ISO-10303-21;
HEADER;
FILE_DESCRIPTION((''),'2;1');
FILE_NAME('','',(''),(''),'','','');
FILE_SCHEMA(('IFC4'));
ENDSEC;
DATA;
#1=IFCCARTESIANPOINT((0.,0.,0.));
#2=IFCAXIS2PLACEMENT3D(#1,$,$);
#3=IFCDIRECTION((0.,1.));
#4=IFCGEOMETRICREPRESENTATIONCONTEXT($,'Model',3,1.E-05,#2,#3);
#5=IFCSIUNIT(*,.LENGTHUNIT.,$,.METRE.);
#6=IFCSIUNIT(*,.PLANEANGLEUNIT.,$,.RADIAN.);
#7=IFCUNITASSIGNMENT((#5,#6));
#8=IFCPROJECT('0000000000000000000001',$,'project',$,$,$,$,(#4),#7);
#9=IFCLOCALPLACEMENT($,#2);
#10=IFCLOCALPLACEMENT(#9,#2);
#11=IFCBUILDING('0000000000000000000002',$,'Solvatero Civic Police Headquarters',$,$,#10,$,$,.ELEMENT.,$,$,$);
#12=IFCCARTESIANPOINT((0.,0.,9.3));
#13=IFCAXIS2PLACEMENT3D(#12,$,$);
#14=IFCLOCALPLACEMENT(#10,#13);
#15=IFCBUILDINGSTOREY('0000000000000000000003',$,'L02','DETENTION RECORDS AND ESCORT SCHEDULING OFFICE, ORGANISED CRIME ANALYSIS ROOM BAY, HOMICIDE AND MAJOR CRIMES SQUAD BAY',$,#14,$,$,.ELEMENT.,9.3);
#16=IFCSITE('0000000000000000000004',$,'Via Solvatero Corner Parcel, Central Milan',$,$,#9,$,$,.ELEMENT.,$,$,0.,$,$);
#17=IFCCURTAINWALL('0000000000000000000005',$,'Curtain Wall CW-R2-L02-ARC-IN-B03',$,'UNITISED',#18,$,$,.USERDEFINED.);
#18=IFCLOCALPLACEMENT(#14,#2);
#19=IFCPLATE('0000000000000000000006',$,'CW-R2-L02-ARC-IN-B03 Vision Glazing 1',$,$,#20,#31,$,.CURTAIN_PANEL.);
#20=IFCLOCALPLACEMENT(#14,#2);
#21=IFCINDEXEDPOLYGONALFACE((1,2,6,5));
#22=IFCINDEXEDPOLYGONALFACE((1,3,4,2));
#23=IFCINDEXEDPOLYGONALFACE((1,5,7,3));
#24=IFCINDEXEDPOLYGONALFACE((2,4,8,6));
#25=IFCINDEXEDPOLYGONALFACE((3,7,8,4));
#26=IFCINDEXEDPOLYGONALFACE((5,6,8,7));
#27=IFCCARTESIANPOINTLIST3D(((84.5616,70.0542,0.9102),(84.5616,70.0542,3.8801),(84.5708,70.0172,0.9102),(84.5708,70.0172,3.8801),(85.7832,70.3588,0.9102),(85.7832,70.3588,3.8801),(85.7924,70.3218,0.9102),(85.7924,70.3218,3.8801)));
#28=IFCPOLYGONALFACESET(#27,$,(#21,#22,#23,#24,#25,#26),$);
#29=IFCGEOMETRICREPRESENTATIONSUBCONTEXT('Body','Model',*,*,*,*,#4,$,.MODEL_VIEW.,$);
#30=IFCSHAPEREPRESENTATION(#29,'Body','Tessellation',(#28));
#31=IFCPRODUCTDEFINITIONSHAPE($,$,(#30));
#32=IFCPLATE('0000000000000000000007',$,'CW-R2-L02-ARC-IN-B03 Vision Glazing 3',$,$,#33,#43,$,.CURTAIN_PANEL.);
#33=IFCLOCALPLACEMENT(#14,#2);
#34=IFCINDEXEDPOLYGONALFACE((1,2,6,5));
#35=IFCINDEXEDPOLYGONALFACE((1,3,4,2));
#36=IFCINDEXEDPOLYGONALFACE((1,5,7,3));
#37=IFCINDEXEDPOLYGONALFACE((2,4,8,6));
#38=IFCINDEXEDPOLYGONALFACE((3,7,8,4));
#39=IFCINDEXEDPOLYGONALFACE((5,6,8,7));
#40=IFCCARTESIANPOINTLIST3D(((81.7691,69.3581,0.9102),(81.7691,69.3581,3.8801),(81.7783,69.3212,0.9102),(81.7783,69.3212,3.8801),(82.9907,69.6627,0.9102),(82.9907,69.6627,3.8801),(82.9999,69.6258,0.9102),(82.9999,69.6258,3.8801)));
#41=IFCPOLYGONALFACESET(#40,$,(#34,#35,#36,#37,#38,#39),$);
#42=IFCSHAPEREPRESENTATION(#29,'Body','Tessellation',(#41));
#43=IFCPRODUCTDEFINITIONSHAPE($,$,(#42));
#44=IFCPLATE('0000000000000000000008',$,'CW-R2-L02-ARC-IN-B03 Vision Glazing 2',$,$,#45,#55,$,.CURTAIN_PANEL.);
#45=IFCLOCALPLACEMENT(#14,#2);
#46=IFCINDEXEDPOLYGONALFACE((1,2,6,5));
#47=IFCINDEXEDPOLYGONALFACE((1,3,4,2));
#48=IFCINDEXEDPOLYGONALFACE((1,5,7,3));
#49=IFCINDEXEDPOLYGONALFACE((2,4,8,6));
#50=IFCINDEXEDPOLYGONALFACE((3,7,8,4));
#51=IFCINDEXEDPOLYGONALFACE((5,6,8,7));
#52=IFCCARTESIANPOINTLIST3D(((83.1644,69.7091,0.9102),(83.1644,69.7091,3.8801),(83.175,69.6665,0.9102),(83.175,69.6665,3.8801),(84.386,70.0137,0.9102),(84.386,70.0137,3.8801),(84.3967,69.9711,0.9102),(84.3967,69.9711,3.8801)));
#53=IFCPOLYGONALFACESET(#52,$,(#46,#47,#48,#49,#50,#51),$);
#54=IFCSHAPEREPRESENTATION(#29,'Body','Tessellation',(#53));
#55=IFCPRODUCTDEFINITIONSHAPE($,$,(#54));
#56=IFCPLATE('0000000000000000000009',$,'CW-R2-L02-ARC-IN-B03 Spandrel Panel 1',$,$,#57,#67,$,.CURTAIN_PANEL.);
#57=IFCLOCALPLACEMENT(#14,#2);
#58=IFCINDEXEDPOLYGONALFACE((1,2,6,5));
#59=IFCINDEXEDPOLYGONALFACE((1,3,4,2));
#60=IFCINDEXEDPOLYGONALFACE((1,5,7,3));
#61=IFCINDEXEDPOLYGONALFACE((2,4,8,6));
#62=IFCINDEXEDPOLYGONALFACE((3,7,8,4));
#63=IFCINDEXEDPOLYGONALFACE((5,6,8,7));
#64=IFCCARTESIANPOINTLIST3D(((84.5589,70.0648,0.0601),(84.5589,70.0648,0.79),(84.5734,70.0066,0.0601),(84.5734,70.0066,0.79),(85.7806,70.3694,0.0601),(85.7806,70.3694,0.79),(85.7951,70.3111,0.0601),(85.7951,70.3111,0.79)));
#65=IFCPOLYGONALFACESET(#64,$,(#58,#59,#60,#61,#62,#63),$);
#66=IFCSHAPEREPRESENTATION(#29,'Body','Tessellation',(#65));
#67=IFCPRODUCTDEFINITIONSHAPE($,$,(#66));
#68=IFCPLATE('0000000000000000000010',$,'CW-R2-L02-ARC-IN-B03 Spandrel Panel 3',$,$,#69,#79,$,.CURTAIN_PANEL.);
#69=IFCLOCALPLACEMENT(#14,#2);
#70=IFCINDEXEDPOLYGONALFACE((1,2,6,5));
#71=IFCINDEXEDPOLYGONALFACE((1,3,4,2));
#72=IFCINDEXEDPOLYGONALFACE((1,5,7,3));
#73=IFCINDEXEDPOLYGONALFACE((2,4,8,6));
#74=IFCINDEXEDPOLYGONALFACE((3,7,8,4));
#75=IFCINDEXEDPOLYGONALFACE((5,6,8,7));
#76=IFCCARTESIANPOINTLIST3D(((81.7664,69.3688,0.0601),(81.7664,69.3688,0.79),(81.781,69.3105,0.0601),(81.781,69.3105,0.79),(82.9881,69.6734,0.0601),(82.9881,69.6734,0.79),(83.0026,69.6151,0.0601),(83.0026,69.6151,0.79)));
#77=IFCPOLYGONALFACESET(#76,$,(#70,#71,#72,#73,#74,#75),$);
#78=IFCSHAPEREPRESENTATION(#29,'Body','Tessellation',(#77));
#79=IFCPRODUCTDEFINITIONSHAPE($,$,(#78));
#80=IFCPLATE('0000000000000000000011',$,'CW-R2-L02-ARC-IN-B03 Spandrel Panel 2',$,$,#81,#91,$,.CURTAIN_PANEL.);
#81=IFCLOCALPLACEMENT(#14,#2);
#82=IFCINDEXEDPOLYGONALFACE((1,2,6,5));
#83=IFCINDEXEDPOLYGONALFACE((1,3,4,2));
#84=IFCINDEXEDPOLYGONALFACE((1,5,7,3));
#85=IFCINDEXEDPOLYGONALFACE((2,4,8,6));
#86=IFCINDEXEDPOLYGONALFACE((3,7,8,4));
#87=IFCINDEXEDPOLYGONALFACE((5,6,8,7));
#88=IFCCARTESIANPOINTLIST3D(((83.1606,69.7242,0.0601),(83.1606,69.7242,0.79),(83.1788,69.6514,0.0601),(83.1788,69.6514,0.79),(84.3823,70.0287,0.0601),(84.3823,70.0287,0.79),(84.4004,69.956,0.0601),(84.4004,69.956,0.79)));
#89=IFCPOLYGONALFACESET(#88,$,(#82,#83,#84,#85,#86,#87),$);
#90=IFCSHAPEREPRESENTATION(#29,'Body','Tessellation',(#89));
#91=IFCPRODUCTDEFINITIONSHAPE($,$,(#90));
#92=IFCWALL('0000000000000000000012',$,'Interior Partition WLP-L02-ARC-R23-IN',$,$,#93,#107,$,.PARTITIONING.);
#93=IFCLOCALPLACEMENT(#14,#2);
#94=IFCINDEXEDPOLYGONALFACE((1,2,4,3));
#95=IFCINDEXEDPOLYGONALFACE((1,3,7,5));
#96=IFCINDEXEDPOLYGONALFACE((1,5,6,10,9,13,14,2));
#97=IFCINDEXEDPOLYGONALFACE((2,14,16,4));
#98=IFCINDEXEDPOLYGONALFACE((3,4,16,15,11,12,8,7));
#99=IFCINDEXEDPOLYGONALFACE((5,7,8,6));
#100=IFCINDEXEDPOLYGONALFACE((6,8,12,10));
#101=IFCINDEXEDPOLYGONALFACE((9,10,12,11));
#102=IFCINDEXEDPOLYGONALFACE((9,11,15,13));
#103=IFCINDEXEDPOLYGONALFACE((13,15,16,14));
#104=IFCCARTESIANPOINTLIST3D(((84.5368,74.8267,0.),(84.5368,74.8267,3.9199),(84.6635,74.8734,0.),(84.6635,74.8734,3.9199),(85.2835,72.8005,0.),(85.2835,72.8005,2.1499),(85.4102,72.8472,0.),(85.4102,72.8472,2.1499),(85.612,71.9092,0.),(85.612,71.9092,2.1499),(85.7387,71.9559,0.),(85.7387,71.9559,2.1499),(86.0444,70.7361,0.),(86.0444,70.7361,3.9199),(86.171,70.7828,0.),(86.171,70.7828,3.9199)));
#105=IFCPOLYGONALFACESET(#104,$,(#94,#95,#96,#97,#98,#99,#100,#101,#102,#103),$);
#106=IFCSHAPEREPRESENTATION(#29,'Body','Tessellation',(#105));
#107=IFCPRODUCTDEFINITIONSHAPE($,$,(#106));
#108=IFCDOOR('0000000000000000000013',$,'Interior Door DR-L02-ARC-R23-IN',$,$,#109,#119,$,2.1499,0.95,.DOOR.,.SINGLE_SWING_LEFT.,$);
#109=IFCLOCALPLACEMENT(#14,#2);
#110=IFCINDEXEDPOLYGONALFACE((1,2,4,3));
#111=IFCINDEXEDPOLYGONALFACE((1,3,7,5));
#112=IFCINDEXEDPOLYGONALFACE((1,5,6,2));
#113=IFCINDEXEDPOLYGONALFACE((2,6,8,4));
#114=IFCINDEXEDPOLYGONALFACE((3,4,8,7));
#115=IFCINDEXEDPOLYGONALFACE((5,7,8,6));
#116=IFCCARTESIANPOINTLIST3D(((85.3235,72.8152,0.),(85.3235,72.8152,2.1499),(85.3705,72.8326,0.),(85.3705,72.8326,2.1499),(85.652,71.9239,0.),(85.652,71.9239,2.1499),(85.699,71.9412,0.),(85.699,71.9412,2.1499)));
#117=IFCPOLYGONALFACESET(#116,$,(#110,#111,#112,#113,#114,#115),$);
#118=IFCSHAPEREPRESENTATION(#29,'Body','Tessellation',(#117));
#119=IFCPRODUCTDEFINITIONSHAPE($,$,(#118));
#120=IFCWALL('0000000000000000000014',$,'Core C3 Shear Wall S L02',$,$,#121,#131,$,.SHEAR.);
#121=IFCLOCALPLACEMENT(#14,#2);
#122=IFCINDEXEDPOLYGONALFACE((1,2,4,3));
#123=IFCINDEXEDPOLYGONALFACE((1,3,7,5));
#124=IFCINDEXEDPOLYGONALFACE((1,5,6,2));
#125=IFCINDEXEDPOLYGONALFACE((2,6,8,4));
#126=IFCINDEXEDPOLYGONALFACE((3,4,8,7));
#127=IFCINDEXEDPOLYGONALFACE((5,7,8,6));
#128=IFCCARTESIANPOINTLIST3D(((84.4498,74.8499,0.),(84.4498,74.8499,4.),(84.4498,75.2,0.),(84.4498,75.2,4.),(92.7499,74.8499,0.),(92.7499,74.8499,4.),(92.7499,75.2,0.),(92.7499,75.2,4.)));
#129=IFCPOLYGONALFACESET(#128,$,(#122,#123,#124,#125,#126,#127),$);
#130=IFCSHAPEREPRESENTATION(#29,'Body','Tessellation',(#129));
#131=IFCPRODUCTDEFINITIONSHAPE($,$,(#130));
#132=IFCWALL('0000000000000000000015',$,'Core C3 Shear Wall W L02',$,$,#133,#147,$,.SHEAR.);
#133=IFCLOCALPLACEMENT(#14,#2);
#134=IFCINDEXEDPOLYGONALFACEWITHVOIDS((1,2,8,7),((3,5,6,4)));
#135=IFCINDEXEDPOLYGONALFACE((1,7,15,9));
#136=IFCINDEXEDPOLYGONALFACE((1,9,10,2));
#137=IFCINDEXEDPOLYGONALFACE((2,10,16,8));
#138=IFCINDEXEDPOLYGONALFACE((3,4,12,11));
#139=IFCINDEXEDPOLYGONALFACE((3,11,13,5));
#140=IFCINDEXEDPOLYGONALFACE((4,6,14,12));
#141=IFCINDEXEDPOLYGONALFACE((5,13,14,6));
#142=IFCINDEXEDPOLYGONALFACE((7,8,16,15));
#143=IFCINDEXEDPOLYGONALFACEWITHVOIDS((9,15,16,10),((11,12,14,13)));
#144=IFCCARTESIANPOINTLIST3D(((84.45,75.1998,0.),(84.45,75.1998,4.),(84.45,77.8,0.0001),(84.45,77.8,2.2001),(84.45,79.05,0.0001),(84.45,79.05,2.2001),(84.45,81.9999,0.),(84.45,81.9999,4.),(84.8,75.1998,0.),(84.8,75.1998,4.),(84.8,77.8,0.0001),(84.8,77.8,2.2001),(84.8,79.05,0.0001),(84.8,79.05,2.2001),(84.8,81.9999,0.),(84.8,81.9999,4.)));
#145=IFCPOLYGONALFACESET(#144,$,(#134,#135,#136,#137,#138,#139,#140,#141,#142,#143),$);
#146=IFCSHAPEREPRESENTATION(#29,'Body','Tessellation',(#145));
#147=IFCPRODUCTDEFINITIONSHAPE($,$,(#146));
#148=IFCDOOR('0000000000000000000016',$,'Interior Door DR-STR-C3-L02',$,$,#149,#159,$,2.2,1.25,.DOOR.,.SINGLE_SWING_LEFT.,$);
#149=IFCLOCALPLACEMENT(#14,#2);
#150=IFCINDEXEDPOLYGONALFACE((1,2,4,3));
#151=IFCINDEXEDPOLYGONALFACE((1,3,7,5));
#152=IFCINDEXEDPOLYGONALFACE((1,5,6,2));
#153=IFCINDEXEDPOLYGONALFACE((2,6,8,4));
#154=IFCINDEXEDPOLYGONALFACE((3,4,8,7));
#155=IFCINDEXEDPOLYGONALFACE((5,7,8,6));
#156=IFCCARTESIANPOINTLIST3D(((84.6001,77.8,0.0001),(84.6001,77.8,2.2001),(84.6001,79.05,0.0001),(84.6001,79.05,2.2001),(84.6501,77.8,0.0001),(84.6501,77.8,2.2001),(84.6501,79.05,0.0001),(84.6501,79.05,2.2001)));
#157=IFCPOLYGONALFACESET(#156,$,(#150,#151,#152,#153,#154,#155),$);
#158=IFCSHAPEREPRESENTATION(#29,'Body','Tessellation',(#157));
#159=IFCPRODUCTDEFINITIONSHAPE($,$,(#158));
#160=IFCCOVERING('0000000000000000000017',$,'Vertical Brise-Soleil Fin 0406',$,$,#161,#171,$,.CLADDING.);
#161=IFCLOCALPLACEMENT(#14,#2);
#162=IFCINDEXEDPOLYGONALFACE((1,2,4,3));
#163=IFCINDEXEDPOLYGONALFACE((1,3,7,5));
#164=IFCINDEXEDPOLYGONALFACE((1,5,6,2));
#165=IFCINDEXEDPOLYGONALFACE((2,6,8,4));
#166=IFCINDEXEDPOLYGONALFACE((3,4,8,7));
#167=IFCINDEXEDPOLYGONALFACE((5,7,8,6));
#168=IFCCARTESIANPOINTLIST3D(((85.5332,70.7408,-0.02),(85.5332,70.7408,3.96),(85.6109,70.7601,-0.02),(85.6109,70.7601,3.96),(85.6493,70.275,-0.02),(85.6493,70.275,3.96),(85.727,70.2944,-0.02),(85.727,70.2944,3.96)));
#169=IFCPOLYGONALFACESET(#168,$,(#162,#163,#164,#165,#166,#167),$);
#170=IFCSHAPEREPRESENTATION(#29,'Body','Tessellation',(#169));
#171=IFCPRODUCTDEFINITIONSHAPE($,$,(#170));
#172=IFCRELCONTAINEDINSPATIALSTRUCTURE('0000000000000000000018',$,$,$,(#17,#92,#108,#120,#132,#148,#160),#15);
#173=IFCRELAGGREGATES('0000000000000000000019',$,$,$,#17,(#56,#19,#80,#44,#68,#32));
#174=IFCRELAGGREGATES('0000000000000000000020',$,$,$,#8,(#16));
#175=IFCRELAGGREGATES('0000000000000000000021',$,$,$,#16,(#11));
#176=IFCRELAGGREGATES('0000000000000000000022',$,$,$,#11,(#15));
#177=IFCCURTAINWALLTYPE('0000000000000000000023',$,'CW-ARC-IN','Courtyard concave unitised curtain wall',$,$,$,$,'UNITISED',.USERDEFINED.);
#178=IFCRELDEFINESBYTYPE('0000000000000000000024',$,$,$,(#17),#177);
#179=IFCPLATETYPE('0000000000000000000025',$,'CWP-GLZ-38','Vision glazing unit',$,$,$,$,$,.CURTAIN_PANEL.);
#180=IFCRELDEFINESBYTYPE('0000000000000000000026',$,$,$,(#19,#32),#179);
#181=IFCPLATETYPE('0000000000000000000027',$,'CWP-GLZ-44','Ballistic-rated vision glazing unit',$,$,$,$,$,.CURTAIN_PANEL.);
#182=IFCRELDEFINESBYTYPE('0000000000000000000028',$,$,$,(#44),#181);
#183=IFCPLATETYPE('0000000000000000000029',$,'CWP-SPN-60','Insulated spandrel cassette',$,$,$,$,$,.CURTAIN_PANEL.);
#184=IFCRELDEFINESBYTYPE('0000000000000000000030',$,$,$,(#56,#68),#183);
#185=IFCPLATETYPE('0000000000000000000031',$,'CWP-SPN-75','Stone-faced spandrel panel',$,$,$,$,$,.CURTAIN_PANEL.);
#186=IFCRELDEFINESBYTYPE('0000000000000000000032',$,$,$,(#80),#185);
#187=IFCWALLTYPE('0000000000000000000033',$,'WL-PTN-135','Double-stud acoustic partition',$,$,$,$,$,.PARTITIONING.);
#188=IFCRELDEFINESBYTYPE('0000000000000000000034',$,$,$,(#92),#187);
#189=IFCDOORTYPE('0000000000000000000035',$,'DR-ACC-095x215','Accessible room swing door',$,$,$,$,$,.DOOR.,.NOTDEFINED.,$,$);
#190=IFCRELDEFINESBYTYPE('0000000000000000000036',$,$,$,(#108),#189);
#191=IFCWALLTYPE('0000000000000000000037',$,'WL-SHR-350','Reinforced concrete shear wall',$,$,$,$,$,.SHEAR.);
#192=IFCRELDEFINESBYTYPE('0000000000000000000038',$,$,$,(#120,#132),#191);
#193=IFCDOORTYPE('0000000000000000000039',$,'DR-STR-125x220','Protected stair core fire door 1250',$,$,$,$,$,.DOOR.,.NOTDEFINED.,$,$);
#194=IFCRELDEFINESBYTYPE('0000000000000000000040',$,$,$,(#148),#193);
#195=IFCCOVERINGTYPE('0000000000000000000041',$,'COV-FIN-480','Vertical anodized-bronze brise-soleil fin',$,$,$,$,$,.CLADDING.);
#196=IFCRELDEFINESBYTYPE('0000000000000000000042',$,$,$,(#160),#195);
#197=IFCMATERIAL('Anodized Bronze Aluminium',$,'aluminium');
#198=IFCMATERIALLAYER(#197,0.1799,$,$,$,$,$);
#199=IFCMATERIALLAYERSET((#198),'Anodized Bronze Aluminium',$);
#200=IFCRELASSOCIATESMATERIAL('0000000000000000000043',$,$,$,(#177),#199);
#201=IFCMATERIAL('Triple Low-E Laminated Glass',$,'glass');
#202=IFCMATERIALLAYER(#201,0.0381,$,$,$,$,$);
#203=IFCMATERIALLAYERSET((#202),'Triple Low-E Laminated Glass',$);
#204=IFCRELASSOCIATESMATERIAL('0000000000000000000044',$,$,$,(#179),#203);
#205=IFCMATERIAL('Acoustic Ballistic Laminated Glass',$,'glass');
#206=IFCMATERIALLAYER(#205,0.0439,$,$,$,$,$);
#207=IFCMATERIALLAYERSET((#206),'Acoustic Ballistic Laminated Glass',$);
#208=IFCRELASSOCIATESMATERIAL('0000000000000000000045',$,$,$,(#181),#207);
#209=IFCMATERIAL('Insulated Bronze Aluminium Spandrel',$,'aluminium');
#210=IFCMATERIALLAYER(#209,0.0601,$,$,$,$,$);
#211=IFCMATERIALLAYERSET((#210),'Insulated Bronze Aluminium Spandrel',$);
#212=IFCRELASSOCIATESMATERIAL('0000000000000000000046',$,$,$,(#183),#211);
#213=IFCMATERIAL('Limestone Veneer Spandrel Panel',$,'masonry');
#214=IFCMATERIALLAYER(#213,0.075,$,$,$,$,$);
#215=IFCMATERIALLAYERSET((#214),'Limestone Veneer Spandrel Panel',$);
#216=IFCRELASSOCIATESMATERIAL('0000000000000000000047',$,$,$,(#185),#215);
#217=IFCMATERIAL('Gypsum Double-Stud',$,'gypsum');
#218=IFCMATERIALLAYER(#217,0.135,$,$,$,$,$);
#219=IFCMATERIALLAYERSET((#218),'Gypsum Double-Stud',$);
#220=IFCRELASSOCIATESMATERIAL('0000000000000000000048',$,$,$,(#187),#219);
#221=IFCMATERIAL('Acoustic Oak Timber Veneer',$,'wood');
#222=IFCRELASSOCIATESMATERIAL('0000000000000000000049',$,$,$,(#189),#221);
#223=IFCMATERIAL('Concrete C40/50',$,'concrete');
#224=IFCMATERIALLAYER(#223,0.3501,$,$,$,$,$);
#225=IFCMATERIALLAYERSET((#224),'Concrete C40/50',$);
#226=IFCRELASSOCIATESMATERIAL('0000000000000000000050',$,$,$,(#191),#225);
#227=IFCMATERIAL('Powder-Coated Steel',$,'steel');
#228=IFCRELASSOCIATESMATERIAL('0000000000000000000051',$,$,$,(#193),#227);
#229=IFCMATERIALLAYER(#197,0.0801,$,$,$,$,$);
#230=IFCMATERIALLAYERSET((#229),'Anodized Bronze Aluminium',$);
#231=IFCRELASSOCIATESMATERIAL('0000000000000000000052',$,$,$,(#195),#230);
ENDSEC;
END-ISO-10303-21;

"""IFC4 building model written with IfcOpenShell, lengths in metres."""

from ifc_helpers import new_model, si_unit, direction, frame, frame_2d, origin, origin_2d, place, context, subcontext, project, spatial, rectangle, extrude, material, layer, layer_set, type_object, element, fill, aggregate, save


model = new_model("IFC4")

# Units and contexts
model_context = context("Model", 3, precision=1e-05, world=origin(), true_north=direction((0.0, 1.0)))
body_context = subcontext(model_context, "Body", "Model", "MODEL_VIEW")
ifc_project = project(units=[si_unit("LENGTHUNIT", "METRE"), si_unit("PLANEANGLEUNIT", "RADIAN")], contexts=[model_context])

# Site, building, storey
site_placement = place(None, origin())
site = spatial("IfcSite", under=ifc_project, at=site_placement, Name="Via Solvatero Corner Parcel, Central Milan", CompositionType="ELEMENT", RefElevation=0.0)
building_placement = place(site_placement, origin())
building = spatial("IfcBuilding", under=site, at=building_placement, Name="Solvatero Civic Police Headquarters", CompositionType="ELEMENT")
storey_placement = place(building_placement, frame((0.0, 0.0, 9.3)))
storey = spatial("IfcBuildingStorey", under=building, at=storey_placement, Name="L02", Description="DETENTION RECORDS AND ESCORT SCHEDULING OFFICE, ORGANISED CRIME ANALYSIS ROOM BAY, HOMICIDE AND MAJOR CRIMES SQUAD BAY", CompositionType="ELEMENT", Elevation=9.3)

# Curtain wall, plates
ifc_material_1 = material(Name="Anodized Bronze Aluminium", Category="aluminium")
ifc_layer_1 = layer(ifc_material_1, 0.1799)
ifc_layer_set_1 = layer_set([ifc_layer_1], Name="Anodized Bronze Aluminium")
curtain_wall_type = type_object("IfcCurtainWallType", Name="CW-ARC-IN", Description="Courtyard concave unitised curtain wall", ElementType="UNITISED", PredefinedType="USERDEFINED", material=ifc_layer_set_1)
curtain_wall_placement = place(storey_placement, origin())
curtain_wall = element("IfcCurtainWall", 1, at=curtain_wall_placement, inside=storey, type_object=curtain_wall_type, Name="Curtain Wall CW-R2-L02-ARC-IN-B03", ObjectType="UNITISED", PredefinedType="USERDEFINED")
ifc_material_2 = material(Name="Triple Low-E Laminated Glass", Category="glass")
ifc_layer_2 = layer(ifc_material_2, 0.0381)
ifc_layer_set_2 = layer_set([ifc_layer_2], Name="Triple Low-E Laminated Glass")
plate_type_1 = type_object("IfcPlateType", Name="CWP-GLZ-38", Description="Vision glazing unit", PredefinedType="CURTAIN_PANEL", material=ifc_layer_set_2)
plate_1_placement = place(storey_placement, frame((85.177, 70.188, 0.9102), z_axis=(0.0, 0.0, 1.0), x_axis=(-0.970296, -0.241922, 0.0)))
plate_1 = element("IfcPlate", 2, at=plate_1_placement, type_object=plate_type_1, Name="CW-R2-L02-ARC-IN-B03 Vision Glazing 1", PredefinedType="CURTAIN_PANEL", context=body_context, shape_type="SweptSolid", body=[
    extrude(rectangle(XDim=1.259, YDim=0.0381, at=origin_2d()), origin(), (0.0, 0.0, 1.0), 2.97),
])
plate_2_placement = place(storey_placement, frame((82.3845, 69.4919, 0.9102), z_axis=(0.0, 0.0, 1.0), x_axis=(-0.970296, -0.241922, 0.0)))
plate_2 = element("IfcPlate", 3, at=plate_2_placement, type_object=plate_type_1, Name="CW-R2-L02-ARC-IN-B03 Vision Glazing 3", PredefinedType="CURTAIN_PANEL", context=body_context, shape_type="SweptSolid", body=[
    extrude(rectangle(XDim=1.259, YDim=0.0381, at=origin_2d()), origin(), (0.0, 0.0, 1.0), 2.97),
])
ifc_material_3 = material(Name="Acoustic Ballistic Laminated Glass", Category="glass")
ifc_layer_3 = layer(ifc_material_3, 0.0439)
ifc_layer_set_3 = layer_set([ifc_layer_3], Name="Acoustic Ballistic Laminated Glass")
plate_type_2 = type_object("IfcPlateType", Name="CWP-GLZ-44", Description="Ballistic-rated vision glazing unit", PredefinedType="CURTAIN_PANEL", material=ifc_layer_set_3)
plate_3_placement = place(storey_placement, frame((83.7805, 69.8401, 0.9102), z_axis=(0.0, 0.0, 1.0), x_axis=(-0.970296, -0.241922, 0.0)))
plate_3 = element("IfcPlate", 4, at=plate_3_placement, type_object=plate_type_2, Name="CW-R2-L02-ARC-IN-B03 Vision Glazing 2", PredefinedType="CURTAIN_PANEL", context=body_context, shape_type="SweptSolid", body=[
    extrude(rectangle(XDim=1.259, YDim=0.0439, at=origin_2d()), origin(), (0.0, 0.0, 1.0), 2.97),
])
ifc_material_4 = material(Name="Insulated Bronze Aluminium Spandrel", Category="aluminium")
ifc_layer_4 = layer(ifc_material_4, 0.0601)
ifc_layer_set_4 = layer_set([ifc_layer_4], Name="Insulated Bronze Aluminium Spandrel")
plate_type_3 = type_object("IfcPlateType", Name="CWP-SPN-60", Description="Insulated spandrel cassette", PredefinedType="CURTAIN_PANEL", material=ifc_layer_set_4)
plate_4_placement = place(storey_placement, frame((85.177, 70.188, 0.0601), z_axis=(0.0, 0.0, 1.0), x_axis=(-0.970296, -0.241922, 0.0)))
plate_4 = element("IfcPlate", 5, at=plate_4_placement, type_object=plate_type_3, Name="CW-R2-L02-ARC-IN-B03 Spandrel Panel 1", PredefinedType="CURTAIN_PANEL", context=body_context, shape_type="SweptSolid", body=[
    extrude(rectangle(XDim=1.259, YDim=0.0601, at=origin_2d()), origin(), (0.0, 0.0, 1.0), 0.73),
])
plate_5_placement = place(storey_placement, frame((82.3845, 69.4919, 0.0601), z_axis=(0.0, 0.0, 1.0), x_axis=(-0.970296, -0.241922, 0.0)))
plate_5 = element("IfcPlate", 6, at=plate_5_placement, type_object=plate_type_3, Name="CW-R2-L02-ARC-IN-B03 Spandrel Panel 3", PredefinedType="CURTAIN_PANEL", context=body_context, shape_type="SweptSolid", body=[
    extrude(rectangle(XDim=1.259, YDim=0.0601, at=origin_2d()), origin(), (0.0, 0.0, 1.0), 0.73),
])
ifc_material_5 = material(Name="Limestone Veneer Spandrel Panel", Category="masonry")
ifc_layer_5 = layer(ifc_material_5, 0.075)
ifc_layer_set_5 = layer_set([ifc_layer_5], Name="Limestone Veneer Spandrel Panel")
plate_type_4 = type_object("IfcPlateType", Name="CWP-SPN-75", Description="Stone-faced spandrel panel", PredefinedType="CURTAIN_PANEL", material=ifc_layer_set_5)
plate_6_placement = place(storey_placement, frame((83.7805, 69.8401, 0.0601), z_axis=(0.0, 0.0, 1.0), x_axis=(-0.970296, -0.241922, 0.0)))
plate_6 = element("IfcPlate", 7, at=plate_6_placement, type_object=plate_type_4, Name="CW-R2-L02-ARC-IN-B03 Spandrel Panel 2", PredefinedType="CURTAIN_PANEL", context=body_context, shape_type="SweptSolid", body=[
    extrude(rectangle(XDim=1.259, YDim=0.075, at=origin_2d()), origin(), (0.0, 0.0, 1.0), 0.73),
])
aggregate(curtain_wall, [plate_4, plate_1, plate_6, plate_3, plate_5, plate_2])

# Wall, opening, door
ifc_material_6 = material(Name="Gypsum Double-Stud", Category="gypsum")
ifc_layer_6 = layer(ifc_material_6, 0.135)
ifc_layer_set_6 = layer_set([ifc_layer_6], Name="Gypsum Double-Stud")
wall_type_1 = type_object("IfcWallType", Name="WL-PTN-135", Description="Double-stud acoustic partition", PredefinedType="PARTITIONING", material=ifc_layer_set_6)
wall_1_placement = place(storey_placement, frame((86.1077, 70.7595, 0.0), z_axis=(0.0, 0.0, 1.0), x_axis=(-0.345809, 0.938305, 0.0)))
wall_1 = element("IfcWall", 8, at=wall_1_placement, inside=storey, type_object=wall_type_1, Name="Interior Partition WLP-L02-ARC-R23-IN", PredefinedType="PARTITIONING", context=body_context, shape_type="SweptSolid", body=[
    extrude(rectangle(XDim=4.3596, YDim=0.135, at=frame_2d((2.1797, 0.0))), origin(), (0.0, 0.0, 1.0), 3.9199),
])
opening_1_placement = place(wall_1_placement, frame((1.25, 0.0, 0.0)))
opening_1 = element("IfcOpeningElement", 9, at=opening_1_placement, cuts=wall_1, PredefinedType="OPENING", context=body_context, shape_type="SweptSolid", body=[
    extrude(rectangle(XDim=0.95, YDim=2.1499, at=frame_2d((0.4751, 1.075))), frame((0.0, 0.0774, 0.0), z_axis=(0.0, -1.0, 0.0), x_axis=(1.0, 0.0, 0.0)), (0.0, 0.0, 1.0), 0.155),
])
ifc_material_7 = material(Name="Acoustic Oak Timber Veneer", Category="wood")
door_type_1 = type_object("IfcDoorType", Name="DR-ACC-095x215", Description="Accessible room swing door", OperationType="NOTDEFINED", PredefinedType="DOOR", material=ifc_material_7)
door_1_placement = place(opening_1_placement, origin())
door_1 = element("IfcDoor", 10, at=door_1_placement, inside=storey, type_object=door_type_1, Name="Interior Door DR-L02-ARC-R23-IN", OperationType="SINGLE_SWING_LEFT", OverallHeight=2.1499, OverallWidth=0.95, PredefinedType="DOOR", context=body_context, shape_type="SweptSolid", body=[
    extrude(rectangle(XDim=0.95, YDim=2.1499, at=frame_2d((0.4751, 1.075))), frame((0.0, 0.0249, 0.0), z_axis=(0.0, -1.0, 0.0), x_axis=(1.0, 0.0, 0.0)), (0.0, 0.0, 1.0), 0.05),
])
fill(opening_1, door_1)

# Wall
ifc_material_8 = material(Name="Concrete C40/50", Category="concrete")
ifc_layer_7 = layer(ifc_material_8, 0.3501)
ifc_layer_set_7 = layer_set([ifc_layer_7], Name="Concrete C40/50")
wall_type_2 = type_object("IfcWallType", Name="WL-SHR-350", Description="Reinforced concrete shear wall", PredefinedType="SHEAR", material=ifc_layer_set_7)
wall_2_placement = place(storey_placement, frame((84.45, 75.0249, 0.0), z_axis=(0.0, 0.0, 1.0), x_axis=(1.0, 0.0, 0.0)))
element("IfcWall", 11, at=wall_2_placement, inside=storey, type_object=wall_type_2, Name="Core C3 Shear Wall S L02", PredefinedType="SHEAR", context=body_context, shape_type="SweptSolid", body=[
    extrude(rectangle(XDim=8.3, YDim=0.3501, at=frame_2d((4.1499, 0.0))), origin(), (0.0, 0.0, 1.0), 4.0),
])

# Wall, opening, door
wall_3_placement = place(storey_placement, frame((84.625, 75.2, 0.0), z_axis=(0.0, 0.0, 1.0), x_axis=(0.0, 1.0, 0.0)))
wall_3 = element("IfcWall", 12, at=wall_3_placement, inside=storey, type_object=wall_type_2, Name="Core C3 Shear Wall W L02", PredefinedType="SHEAR", context=body_context, shape_type="SweptSolid", body=[
    extrude(rectangle(XDim=6.8, YDim=0.3501, at=frame_2d((3.3999, 0.0))), origin(), (0.0, 0.0, 1.0), 4.0),
])
opening_2_placement = place(wall_3_placement, frame((2.6001, 0.0, 0.0)))
opening_2 = element("IfcOpeningElement", 13, at=opening_2_placement, cuts=wall_3, PredefinedType="OPENING", context=body_context, shape_type="SweptSolid", body=[
    extrude(rectangle(XDim=1.25, YDim=2.2, at=frame_2d((0.625, 1.1001))), frame((0.0, 0.1851, 0.0), z_axis=(0.0, -1.0, 0.0), x_axis=(1.0, 0.0, 0.0)), (0.0, 0.0, 1.0), 0.3701),
])
ifc_material_9 = material(Name="Powder-Coated Steel", Category="steel")
door_type_2 = type_object("IfcDoorType", Name="DR-STR-125x220", Description="Protected stair core fire door 1250", OperationType="NOTDEFINED", PredefinedType="DOOR", material=ifc_material_9)
door_2_placement = place(opening_2_placement, origin())
door_2 = element("IfcDoor", 14, at=door_2_placement, inside=storey, type_object=door_type_2, Name="Interior Door DR-STR-C3-L02", OperationType="SINGLE_SWING_LEFT", OverallHeight=2.2, OverallWidth=1.25, PredefinedType="DOOR", context=body_context, shape_type="SweptSolid", body=[
    extrude(rectangle(XDim=1.25, YDim=2.2, at=frame_2d((0.625, 1.1001))), frame((0.0, 0.0249, 0.0), z_axis=(0.0, -1.0, 0.0), x_axis=(1.0, 0.0, 0.0)), (0.0, 0.0, 1.0), 0.05),
])
fill(opening_2, door_2)

# Covering
ifc_layer_8 = layer(ifc_material_1, 0.0801)
ifc_layer_set_8 = layer_set([ifc_layer_8], Name="Anodized Bronze Aluminium")
covering_type = type_object("IfcCoveringType", Name="COV-FIN-480", Description="Vertical anodized-bronze brise-soleil fin", PredefinedType="CLADDING", material=ifc_layer_set_8)
for number, where, z_axis, x_axis, name in (
    (15, (85.6301, 70.5176, -0.02), (0.0, 0.0, 1.0), (-0.970296, -0.241922, 0.0), "Vertical Brise-Soleil Fin 0406"),
):
    element("IfcCovering", number, at=place(storey_placement, frame(where, z_axis=z_axis, x_axis=x_axis)), inside=storey, type_object=covering_type, Name=name, PredefinedType="CLADDING", context=body_context, shape_type="SweptSolid", body=[
        extrude(rectangle(XDim=0.0801, YDim=0.48, at=origin_2d()), origin(), (0.0, 0.0, 1.0), 3.98),
    ])

save(model, "model.ifc")
